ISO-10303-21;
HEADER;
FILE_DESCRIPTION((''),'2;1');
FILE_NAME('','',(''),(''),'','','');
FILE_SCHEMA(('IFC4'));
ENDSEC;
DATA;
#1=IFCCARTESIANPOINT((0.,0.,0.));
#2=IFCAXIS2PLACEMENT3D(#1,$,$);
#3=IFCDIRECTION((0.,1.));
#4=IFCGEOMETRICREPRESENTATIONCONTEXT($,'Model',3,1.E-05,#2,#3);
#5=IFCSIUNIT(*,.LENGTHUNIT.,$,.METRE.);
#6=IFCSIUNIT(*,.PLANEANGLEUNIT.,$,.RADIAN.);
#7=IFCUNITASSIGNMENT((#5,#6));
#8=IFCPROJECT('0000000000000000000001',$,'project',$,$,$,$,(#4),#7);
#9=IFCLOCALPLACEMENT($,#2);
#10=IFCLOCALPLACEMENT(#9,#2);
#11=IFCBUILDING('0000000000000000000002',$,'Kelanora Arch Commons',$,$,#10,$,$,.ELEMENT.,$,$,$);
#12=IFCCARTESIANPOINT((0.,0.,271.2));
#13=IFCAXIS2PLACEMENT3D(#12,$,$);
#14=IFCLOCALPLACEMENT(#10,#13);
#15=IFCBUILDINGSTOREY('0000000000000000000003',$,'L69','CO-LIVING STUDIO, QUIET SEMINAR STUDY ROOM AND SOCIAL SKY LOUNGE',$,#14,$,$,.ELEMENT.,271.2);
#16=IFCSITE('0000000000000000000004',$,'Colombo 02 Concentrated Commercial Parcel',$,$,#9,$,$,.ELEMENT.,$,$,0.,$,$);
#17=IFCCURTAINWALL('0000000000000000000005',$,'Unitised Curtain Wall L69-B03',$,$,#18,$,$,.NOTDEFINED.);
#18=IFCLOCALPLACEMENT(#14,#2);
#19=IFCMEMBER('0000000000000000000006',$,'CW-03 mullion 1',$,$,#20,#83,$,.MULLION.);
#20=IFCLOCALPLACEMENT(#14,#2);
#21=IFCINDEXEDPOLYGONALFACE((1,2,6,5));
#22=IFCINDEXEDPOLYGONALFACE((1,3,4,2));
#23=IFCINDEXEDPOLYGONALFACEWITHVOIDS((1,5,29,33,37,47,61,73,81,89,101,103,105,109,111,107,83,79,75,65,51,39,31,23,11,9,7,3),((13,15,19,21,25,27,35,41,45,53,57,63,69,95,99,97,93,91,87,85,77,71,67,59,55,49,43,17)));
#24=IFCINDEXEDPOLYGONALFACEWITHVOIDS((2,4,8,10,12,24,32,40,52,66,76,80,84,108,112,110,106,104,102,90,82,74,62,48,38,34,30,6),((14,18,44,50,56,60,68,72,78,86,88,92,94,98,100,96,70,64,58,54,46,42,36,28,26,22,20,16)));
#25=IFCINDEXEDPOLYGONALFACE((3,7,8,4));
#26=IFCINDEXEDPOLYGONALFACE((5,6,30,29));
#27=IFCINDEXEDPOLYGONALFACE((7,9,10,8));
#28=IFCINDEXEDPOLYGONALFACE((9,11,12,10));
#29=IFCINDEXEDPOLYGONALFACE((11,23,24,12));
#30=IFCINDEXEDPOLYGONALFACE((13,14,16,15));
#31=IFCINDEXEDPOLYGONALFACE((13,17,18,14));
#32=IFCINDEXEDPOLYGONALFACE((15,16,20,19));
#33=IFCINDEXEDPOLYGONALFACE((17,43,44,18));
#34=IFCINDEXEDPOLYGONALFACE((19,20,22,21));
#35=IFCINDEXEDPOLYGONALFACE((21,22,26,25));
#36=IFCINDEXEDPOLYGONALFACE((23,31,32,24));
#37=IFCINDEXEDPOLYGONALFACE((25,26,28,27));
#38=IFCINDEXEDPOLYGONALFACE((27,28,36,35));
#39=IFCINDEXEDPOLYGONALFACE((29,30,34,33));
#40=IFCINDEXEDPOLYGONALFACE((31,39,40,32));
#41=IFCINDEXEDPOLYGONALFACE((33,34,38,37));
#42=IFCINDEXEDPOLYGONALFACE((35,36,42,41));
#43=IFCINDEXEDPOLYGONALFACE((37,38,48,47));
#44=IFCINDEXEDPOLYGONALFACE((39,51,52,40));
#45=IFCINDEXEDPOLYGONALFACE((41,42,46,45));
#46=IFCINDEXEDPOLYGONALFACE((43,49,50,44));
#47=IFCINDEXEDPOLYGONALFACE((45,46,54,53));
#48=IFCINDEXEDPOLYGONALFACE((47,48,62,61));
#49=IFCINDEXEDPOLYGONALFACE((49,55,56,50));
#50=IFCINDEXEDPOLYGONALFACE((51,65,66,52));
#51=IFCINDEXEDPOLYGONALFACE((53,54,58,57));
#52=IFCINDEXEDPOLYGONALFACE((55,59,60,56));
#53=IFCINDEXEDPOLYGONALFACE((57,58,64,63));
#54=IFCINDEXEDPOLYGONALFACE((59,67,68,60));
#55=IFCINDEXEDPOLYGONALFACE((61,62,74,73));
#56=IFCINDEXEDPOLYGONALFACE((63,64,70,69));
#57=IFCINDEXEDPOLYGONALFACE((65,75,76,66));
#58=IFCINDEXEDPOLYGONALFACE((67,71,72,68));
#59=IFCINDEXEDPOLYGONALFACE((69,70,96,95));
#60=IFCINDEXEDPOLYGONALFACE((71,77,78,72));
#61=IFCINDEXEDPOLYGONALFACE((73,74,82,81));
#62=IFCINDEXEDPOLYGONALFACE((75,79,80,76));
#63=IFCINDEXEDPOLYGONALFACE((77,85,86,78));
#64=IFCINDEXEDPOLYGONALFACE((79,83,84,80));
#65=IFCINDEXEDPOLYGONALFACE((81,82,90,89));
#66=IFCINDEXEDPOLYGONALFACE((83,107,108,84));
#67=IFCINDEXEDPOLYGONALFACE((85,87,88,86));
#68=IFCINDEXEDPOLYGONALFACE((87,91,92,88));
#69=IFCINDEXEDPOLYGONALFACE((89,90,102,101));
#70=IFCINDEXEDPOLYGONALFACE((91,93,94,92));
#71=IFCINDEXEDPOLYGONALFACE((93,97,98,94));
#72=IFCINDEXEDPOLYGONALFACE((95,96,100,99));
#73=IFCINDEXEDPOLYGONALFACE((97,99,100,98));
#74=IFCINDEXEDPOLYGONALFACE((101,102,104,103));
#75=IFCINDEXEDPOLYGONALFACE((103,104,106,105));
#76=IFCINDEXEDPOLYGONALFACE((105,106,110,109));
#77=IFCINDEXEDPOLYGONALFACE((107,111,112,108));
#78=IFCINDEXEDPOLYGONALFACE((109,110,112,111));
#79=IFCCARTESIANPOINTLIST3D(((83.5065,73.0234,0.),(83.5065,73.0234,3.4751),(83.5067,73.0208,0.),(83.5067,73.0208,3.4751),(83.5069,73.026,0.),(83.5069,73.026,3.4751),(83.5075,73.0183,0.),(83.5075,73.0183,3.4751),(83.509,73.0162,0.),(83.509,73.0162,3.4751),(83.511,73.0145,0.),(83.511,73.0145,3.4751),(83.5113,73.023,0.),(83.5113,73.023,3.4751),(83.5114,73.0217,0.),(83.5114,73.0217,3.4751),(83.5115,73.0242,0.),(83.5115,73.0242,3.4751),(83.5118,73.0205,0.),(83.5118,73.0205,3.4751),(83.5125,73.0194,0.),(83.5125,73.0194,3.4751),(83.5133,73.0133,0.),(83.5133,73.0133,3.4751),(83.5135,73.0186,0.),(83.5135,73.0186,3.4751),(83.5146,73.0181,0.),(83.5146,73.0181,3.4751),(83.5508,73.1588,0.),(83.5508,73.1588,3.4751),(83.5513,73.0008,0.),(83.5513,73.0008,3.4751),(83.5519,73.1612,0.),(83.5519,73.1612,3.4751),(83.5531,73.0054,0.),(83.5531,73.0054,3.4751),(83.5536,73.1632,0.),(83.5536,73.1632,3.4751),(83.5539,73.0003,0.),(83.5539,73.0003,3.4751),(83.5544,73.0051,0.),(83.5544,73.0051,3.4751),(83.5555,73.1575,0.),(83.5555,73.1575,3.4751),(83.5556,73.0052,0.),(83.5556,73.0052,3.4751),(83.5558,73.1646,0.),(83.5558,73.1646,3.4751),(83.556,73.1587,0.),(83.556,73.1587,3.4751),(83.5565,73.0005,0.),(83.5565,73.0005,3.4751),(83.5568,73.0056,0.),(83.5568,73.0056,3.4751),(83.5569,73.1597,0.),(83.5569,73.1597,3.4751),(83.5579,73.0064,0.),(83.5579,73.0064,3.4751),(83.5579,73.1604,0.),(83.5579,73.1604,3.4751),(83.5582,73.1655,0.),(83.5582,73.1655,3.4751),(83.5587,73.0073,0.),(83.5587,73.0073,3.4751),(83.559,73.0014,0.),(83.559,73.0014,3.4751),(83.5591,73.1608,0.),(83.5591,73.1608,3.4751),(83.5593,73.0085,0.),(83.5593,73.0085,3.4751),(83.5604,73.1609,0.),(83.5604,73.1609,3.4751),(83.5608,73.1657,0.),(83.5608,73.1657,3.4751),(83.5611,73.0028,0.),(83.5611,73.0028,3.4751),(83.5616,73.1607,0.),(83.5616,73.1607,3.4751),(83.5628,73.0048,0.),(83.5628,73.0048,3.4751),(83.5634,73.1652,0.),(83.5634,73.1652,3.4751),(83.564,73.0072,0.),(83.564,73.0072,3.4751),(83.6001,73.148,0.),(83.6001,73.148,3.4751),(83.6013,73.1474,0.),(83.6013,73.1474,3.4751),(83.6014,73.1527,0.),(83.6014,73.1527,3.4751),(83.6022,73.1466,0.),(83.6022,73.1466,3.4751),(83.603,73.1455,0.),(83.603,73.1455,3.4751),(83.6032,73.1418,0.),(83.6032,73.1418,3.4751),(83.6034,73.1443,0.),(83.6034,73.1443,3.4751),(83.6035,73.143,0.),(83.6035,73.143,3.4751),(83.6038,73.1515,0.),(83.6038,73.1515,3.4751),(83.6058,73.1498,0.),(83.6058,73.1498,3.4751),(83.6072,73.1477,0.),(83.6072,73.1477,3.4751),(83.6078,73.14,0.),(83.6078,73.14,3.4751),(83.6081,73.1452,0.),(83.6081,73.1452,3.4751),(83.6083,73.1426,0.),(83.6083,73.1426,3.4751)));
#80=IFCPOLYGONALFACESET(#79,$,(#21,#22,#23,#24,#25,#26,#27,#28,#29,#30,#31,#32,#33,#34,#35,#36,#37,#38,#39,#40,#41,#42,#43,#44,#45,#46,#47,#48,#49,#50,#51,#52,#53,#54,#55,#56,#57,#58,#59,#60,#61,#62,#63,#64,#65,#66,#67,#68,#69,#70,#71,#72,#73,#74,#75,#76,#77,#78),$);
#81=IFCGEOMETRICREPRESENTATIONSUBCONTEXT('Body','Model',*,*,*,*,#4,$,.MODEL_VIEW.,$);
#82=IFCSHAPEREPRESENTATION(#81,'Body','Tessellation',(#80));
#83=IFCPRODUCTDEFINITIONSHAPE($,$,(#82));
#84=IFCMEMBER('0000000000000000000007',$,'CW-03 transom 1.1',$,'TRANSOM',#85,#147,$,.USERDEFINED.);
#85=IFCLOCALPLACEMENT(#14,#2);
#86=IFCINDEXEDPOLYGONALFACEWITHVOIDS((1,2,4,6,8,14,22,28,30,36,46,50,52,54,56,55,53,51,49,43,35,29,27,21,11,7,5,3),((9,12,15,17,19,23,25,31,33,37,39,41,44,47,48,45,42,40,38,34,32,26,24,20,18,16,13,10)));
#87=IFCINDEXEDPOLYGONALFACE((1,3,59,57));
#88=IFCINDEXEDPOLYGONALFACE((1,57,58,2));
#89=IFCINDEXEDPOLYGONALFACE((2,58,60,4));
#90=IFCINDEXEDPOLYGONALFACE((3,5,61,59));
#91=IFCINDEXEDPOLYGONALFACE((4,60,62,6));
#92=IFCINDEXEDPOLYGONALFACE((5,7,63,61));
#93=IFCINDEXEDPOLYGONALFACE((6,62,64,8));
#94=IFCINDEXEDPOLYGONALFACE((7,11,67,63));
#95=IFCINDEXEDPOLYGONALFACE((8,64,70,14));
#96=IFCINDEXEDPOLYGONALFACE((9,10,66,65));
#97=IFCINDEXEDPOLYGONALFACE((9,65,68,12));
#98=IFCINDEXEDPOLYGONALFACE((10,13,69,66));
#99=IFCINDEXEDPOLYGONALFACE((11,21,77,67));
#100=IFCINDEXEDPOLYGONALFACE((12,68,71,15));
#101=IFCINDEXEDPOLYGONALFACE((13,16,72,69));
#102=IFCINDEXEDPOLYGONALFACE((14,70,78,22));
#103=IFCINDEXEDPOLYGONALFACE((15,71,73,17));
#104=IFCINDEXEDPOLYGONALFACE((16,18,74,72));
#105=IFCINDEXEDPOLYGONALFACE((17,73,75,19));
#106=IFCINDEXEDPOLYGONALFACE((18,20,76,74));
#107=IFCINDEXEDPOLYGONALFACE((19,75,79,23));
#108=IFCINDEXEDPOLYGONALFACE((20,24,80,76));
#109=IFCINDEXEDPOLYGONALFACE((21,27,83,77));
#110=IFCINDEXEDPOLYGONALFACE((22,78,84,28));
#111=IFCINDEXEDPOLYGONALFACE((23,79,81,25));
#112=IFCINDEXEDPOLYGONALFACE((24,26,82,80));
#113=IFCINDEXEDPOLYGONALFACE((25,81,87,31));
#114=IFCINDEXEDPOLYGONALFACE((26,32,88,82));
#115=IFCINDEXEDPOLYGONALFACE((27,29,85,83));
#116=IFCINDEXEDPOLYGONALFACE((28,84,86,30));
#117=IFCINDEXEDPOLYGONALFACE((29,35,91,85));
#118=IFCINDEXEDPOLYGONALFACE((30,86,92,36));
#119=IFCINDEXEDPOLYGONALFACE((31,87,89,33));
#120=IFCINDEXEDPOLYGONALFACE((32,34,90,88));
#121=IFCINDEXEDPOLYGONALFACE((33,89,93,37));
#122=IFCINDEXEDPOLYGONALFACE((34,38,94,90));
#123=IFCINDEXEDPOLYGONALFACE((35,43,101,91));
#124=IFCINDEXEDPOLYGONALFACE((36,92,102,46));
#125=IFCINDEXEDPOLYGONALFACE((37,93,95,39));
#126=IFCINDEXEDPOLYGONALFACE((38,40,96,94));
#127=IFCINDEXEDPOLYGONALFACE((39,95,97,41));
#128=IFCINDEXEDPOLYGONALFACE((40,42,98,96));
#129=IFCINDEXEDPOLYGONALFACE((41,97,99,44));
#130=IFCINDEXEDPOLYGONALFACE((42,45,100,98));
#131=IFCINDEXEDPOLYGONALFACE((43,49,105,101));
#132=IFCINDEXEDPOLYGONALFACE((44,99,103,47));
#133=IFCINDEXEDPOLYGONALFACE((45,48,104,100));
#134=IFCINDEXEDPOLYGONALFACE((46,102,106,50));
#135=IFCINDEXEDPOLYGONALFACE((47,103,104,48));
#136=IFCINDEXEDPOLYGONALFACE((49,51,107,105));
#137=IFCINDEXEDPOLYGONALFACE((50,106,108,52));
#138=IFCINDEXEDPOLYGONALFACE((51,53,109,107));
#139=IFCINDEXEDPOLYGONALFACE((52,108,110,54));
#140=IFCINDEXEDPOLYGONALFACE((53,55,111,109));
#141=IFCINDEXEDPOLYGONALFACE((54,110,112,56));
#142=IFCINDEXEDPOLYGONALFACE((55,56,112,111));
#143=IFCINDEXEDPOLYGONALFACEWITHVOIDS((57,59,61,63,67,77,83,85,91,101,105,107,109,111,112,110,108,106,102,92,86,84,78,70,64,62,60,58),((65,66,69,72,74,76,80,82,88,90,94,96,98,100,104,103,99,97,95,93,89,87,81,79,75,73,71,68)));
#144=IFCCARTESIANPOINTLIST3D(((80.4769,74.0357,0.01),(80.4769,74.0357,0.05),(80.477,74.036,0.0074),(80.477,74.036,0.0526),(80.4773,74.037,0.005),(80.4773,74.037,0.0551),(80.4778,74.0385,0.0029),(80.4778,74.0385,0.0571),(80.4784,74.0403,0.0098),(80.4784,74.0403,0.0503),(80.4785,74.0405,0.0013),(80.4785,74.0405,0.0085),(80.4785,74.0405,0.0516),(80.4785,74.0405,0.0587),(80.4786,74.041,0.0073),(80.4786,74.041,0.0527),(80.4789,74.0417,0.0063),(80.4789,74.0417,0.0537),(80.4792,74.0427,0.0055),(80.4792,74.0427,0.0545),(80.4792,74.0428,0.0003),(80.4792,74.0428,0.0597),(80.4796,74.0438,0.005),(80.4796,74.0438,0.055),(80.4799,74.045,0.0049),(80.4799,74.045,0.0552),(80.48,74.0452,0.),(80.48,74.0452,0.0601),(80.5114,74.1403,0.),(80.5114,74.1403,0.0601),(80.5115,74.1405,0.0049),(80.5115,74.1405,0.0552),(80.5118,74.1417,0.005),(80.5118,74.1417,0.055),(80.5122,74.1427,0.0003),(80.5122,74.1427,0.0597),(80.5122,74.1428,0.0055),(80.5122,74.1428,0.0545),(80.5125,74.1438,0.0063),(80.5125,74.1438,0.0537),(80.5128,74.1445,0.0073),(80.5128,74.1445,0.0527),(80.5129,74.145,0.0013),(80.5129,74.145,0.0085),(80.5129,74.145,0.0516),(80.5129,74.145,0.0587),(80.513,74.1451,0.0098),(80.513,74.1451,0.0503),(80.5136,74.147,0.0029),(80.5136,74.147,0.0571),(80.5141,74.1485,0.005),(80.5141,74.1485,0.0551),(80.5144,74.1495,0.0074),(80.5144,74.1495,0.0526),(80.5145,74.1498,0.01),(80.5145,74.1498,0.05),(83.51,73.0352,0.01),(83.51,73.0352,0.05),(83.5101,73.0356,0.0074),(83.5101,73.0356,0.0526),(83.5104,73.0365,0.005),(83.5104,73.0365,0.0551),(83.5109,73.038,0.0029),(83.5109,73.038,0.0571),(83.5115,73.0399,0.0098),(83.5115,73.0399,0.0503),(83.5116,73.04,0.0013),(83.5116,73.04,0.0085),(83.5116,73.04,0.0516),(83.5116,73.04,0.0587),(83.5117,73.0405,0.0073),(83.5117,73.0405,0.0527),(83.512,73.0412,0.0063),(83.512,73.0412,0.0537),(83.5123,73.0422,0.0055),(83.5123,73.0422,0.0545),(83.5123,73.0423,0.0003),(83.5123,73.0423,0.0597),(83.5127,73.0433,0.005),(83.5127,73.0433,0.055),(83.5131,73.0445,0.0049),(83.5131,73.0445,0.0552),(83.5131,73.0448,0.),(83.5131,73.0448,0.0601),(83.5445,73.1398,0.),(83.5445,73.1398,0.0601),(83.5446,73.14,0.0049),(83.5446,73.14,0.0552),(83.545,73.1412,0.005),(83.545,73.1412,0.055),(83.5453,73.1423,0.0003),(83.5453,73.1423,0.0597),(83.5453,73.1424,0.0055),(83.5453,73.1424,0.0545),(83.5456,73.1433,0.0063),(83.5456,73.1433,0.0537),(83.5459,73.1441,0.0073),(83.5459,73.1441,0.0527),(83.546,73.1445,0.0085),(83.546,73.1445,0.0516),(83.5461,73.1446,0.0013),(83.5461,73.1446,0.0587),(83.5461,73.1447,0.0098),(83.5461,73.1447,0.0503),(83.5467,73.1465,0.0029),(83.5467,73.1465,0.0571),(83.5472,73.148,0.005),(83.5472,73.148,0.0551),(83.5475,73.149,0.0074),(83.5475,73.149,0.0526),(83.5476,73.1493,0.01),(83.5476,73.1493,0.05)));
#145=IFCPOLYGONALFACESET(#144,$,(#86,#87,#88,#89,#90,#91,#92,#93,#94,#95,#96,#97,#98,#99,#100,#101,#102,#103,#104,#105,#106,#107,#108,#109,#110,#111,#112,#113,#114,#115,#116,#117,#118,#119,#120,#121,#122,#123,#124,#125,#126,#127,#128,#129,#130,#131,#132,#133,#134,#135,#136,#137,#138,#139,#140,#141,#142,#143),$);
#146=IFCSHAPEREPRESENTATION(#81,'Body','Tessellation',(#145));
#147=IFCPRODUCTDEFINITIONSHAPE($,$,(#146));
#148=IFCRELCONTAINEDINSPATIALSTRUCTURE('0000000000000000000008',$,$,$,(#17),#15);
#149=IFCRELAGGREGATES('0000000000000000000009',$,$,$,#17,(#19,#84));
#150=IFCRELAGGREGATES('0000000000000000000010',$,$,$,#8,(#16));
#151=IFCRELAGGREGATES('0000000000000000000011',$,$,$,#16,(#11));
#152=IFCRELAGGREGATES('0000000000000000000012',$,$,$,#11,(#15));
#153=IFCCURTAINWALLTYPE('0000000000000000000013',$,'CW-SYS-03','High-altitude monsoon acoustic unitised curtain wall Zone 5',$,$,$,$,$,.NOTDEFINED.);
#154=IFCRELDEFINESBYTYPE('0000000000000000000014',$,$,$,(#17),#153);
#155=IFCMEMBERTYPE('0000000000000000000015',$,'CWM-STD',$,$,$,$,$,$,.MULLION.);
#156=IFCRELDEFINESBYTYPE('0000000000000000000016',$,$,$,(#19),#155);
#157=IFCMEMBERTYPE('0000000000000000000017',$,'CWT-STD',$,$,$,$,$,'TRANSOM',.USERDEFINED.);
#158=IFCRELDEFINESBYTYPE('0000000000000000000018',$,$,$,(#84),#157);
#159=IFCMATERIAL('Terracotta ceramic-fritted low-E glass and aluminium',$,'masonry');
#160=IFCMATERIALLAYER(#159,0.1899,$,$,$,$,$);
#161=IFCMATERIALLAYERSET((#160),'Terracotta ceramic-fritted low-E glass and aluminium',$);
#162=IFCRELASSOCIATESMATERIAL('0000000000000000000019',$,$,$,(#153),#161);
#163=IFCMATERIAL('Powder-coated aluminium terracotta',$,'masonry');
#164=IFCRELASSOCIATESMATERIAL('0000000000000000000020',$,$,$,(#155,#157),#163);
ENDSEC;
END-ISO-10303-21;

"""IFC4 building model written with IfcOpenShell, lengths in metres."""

from ifc_helpers import new_model, si_unit, direction, frame, origin, origin_2d, place, context, subcontext, project, spatial, hollow_rectangle, extrude, material, layer, layer_set, material_profile, profile_set, type_object, element, aggregate, save


model = new_model("IFC4")

# Units and contexts
model_context = context("Model", 3, precision=1e-05, world=origin(), true_north=direction((0.0, 1.0)))
body_context = subcontext(model_context, "Body", "Model", "MODEL_VIEW")
ifc_project = project(units=[si_unit("LENGTHUNIT", "METRE"), si_unit("PLANEANGLEUNIT", "RADIAN")], contexts=[model_context])

# Site, building, storey
site_placement = place(None, origin())
site = spatial("IfcSite", under=ifc_project, at=site_placement, Name="Colombo 02 Concentrated Commercial Parcel", CompositionType="ELEMENT", RefElevation=0.0)
building_placement = place(site_placement, origin())
building = spatial("IfcBuilding", under=site, at=building_placement, Name="Kelanora Arch Commons", CompositionType="ELEMENT")
storey_placement = place(building_placement, frame((0.0, 0.0, 271.2)))
storey = spatial("IfcBuildingStorey", under=building, at=storey_placement, Name="L69", Description="CO-LIVING STUDIO, QUIET SEMINAR STUDY ROOM AND SOCIAL SKY LOUNGE", CompositionType="ELEMENT", Elevation=271.2)

# Shared definitions
ifc_material_1 = material(Name="Terracotta ceramic-fritted low-E glass and aluminium", Category="masonry")
ifc_layer_1 = layer(ifc_material_1, 0.1899)
ifc_layer_set_1 = layer_set([ifc_layer_1], Name="Terracotta ceramic-fritted low-E glass and aluminium")
curtain_wall_type = type_object("IfcCurtainWallType", Name="CW-SYS-03", Description="High-altitude monsoon acoustic unitised curtain wall Zone 5", PredefinedType="NOTDEFINED", material=ifc_layer_set_1)
ifc_material_2 = material(Name="Powder-coated aluminium terracotta", Category="masonry")
ifc_material_profile_1 = material_profile(ifc_material_2, hollow_rectangle(XDim=0.1599, YDim=0.0601, WallThickness=0.0049, InnerFilletRadius=0.0049, OuterFilletRadius=0.01, at=origin_2d()), Name="CWM160x60")
ifc_profile_set_1 = profile_set([ifc_material_profile_1], Name="Powder-coated aluminium terracotta")
member_type_1 = type_object("IfcMemberType", Name="CWM-STD", PredefinedType="MULLION", material=ifc_profile_set_1)

# Curtain wall, members
curtain_wall_1_placement = place(storey_placement, origin())
curtain_wall_1 = element("IfcCurtainWall", 1, at=curtain_wall_1_placement, inside=storey, type_object=curtain_wall_type, Name="Unitised Curtain Wall L69-B03", PredefinedType="NOTDEFINED")
member_1_placement = place(storey_placement, frame((83.5574, 73.083, 0.0), z_axis=(0.0, 0.0, 1.0), x_axis=(-0.313253, -0.94967, 0.0)))
member_1 = element("IfcMember", 2, at=member_1_placement, type_object=member_type_1, Name="CW-03 mullion 1", PredefinedType="MULLION", context=body_context, shape_type="SweptSolid", body=[
    extrude(hollow_rectangle(XDim=0.1599, YDim=0.0601, WallThickness=0.0049, InnerFilletRadius=0.0049, OuterFilletRadius=0.01, at=origin_2d()), origin(), (0.0, 0.0, 1.0), 3.4751),
])
ifc_material_profile_2 = material_profile(ifc_material_2, hollow_rectangle(XDim=0.1201, YDim=0.0601, WallThickness=0.0049, InnerFilletRadius=0.0049, OuterFilletRadius=0.01, at=origin_2d()), Name="CWT120x60")
ifc_profile_set_2 = profile_set([ifc_material_profile_2], Name="Powder-coated aluminium terracotta")
member_type_2 = type_object("IfcMemberType", Name="CWT-STD", ElementType="TRANSOM", PredefinedType="USERDEFINED", material=ifc_profile_set_2)
member_2_placement = place(storey_placement, frame((83.5288, 73.0923, 0.03), z_axis=(-0.949672, 0.313245, 0.0), x_axis=(-0.313245, -0.949672, 0.0)))
member_2 = element("IfcMember", 3, at=member_2_placement, type_object=member_type_2, Name="CW-03 transom 1.1", ObjectType="TRANSOM", PredefinedType="USERDEFINED", context=body_context, shape_type="SweptSolid", body=[
    extrude(hollow_rectangle(XDim=0.1201, YDim=0.0601, WallThickness=0.0049, InnerFilletRadius=0.0049, OuterFilletRadius=0.01, at=origin_2d()), origin(), (0.0, 0.0, 1.0), 3.1938),
])
aggregate(curtain_wall_1, [member_1, member_2])

save(model, "model.ifc")
